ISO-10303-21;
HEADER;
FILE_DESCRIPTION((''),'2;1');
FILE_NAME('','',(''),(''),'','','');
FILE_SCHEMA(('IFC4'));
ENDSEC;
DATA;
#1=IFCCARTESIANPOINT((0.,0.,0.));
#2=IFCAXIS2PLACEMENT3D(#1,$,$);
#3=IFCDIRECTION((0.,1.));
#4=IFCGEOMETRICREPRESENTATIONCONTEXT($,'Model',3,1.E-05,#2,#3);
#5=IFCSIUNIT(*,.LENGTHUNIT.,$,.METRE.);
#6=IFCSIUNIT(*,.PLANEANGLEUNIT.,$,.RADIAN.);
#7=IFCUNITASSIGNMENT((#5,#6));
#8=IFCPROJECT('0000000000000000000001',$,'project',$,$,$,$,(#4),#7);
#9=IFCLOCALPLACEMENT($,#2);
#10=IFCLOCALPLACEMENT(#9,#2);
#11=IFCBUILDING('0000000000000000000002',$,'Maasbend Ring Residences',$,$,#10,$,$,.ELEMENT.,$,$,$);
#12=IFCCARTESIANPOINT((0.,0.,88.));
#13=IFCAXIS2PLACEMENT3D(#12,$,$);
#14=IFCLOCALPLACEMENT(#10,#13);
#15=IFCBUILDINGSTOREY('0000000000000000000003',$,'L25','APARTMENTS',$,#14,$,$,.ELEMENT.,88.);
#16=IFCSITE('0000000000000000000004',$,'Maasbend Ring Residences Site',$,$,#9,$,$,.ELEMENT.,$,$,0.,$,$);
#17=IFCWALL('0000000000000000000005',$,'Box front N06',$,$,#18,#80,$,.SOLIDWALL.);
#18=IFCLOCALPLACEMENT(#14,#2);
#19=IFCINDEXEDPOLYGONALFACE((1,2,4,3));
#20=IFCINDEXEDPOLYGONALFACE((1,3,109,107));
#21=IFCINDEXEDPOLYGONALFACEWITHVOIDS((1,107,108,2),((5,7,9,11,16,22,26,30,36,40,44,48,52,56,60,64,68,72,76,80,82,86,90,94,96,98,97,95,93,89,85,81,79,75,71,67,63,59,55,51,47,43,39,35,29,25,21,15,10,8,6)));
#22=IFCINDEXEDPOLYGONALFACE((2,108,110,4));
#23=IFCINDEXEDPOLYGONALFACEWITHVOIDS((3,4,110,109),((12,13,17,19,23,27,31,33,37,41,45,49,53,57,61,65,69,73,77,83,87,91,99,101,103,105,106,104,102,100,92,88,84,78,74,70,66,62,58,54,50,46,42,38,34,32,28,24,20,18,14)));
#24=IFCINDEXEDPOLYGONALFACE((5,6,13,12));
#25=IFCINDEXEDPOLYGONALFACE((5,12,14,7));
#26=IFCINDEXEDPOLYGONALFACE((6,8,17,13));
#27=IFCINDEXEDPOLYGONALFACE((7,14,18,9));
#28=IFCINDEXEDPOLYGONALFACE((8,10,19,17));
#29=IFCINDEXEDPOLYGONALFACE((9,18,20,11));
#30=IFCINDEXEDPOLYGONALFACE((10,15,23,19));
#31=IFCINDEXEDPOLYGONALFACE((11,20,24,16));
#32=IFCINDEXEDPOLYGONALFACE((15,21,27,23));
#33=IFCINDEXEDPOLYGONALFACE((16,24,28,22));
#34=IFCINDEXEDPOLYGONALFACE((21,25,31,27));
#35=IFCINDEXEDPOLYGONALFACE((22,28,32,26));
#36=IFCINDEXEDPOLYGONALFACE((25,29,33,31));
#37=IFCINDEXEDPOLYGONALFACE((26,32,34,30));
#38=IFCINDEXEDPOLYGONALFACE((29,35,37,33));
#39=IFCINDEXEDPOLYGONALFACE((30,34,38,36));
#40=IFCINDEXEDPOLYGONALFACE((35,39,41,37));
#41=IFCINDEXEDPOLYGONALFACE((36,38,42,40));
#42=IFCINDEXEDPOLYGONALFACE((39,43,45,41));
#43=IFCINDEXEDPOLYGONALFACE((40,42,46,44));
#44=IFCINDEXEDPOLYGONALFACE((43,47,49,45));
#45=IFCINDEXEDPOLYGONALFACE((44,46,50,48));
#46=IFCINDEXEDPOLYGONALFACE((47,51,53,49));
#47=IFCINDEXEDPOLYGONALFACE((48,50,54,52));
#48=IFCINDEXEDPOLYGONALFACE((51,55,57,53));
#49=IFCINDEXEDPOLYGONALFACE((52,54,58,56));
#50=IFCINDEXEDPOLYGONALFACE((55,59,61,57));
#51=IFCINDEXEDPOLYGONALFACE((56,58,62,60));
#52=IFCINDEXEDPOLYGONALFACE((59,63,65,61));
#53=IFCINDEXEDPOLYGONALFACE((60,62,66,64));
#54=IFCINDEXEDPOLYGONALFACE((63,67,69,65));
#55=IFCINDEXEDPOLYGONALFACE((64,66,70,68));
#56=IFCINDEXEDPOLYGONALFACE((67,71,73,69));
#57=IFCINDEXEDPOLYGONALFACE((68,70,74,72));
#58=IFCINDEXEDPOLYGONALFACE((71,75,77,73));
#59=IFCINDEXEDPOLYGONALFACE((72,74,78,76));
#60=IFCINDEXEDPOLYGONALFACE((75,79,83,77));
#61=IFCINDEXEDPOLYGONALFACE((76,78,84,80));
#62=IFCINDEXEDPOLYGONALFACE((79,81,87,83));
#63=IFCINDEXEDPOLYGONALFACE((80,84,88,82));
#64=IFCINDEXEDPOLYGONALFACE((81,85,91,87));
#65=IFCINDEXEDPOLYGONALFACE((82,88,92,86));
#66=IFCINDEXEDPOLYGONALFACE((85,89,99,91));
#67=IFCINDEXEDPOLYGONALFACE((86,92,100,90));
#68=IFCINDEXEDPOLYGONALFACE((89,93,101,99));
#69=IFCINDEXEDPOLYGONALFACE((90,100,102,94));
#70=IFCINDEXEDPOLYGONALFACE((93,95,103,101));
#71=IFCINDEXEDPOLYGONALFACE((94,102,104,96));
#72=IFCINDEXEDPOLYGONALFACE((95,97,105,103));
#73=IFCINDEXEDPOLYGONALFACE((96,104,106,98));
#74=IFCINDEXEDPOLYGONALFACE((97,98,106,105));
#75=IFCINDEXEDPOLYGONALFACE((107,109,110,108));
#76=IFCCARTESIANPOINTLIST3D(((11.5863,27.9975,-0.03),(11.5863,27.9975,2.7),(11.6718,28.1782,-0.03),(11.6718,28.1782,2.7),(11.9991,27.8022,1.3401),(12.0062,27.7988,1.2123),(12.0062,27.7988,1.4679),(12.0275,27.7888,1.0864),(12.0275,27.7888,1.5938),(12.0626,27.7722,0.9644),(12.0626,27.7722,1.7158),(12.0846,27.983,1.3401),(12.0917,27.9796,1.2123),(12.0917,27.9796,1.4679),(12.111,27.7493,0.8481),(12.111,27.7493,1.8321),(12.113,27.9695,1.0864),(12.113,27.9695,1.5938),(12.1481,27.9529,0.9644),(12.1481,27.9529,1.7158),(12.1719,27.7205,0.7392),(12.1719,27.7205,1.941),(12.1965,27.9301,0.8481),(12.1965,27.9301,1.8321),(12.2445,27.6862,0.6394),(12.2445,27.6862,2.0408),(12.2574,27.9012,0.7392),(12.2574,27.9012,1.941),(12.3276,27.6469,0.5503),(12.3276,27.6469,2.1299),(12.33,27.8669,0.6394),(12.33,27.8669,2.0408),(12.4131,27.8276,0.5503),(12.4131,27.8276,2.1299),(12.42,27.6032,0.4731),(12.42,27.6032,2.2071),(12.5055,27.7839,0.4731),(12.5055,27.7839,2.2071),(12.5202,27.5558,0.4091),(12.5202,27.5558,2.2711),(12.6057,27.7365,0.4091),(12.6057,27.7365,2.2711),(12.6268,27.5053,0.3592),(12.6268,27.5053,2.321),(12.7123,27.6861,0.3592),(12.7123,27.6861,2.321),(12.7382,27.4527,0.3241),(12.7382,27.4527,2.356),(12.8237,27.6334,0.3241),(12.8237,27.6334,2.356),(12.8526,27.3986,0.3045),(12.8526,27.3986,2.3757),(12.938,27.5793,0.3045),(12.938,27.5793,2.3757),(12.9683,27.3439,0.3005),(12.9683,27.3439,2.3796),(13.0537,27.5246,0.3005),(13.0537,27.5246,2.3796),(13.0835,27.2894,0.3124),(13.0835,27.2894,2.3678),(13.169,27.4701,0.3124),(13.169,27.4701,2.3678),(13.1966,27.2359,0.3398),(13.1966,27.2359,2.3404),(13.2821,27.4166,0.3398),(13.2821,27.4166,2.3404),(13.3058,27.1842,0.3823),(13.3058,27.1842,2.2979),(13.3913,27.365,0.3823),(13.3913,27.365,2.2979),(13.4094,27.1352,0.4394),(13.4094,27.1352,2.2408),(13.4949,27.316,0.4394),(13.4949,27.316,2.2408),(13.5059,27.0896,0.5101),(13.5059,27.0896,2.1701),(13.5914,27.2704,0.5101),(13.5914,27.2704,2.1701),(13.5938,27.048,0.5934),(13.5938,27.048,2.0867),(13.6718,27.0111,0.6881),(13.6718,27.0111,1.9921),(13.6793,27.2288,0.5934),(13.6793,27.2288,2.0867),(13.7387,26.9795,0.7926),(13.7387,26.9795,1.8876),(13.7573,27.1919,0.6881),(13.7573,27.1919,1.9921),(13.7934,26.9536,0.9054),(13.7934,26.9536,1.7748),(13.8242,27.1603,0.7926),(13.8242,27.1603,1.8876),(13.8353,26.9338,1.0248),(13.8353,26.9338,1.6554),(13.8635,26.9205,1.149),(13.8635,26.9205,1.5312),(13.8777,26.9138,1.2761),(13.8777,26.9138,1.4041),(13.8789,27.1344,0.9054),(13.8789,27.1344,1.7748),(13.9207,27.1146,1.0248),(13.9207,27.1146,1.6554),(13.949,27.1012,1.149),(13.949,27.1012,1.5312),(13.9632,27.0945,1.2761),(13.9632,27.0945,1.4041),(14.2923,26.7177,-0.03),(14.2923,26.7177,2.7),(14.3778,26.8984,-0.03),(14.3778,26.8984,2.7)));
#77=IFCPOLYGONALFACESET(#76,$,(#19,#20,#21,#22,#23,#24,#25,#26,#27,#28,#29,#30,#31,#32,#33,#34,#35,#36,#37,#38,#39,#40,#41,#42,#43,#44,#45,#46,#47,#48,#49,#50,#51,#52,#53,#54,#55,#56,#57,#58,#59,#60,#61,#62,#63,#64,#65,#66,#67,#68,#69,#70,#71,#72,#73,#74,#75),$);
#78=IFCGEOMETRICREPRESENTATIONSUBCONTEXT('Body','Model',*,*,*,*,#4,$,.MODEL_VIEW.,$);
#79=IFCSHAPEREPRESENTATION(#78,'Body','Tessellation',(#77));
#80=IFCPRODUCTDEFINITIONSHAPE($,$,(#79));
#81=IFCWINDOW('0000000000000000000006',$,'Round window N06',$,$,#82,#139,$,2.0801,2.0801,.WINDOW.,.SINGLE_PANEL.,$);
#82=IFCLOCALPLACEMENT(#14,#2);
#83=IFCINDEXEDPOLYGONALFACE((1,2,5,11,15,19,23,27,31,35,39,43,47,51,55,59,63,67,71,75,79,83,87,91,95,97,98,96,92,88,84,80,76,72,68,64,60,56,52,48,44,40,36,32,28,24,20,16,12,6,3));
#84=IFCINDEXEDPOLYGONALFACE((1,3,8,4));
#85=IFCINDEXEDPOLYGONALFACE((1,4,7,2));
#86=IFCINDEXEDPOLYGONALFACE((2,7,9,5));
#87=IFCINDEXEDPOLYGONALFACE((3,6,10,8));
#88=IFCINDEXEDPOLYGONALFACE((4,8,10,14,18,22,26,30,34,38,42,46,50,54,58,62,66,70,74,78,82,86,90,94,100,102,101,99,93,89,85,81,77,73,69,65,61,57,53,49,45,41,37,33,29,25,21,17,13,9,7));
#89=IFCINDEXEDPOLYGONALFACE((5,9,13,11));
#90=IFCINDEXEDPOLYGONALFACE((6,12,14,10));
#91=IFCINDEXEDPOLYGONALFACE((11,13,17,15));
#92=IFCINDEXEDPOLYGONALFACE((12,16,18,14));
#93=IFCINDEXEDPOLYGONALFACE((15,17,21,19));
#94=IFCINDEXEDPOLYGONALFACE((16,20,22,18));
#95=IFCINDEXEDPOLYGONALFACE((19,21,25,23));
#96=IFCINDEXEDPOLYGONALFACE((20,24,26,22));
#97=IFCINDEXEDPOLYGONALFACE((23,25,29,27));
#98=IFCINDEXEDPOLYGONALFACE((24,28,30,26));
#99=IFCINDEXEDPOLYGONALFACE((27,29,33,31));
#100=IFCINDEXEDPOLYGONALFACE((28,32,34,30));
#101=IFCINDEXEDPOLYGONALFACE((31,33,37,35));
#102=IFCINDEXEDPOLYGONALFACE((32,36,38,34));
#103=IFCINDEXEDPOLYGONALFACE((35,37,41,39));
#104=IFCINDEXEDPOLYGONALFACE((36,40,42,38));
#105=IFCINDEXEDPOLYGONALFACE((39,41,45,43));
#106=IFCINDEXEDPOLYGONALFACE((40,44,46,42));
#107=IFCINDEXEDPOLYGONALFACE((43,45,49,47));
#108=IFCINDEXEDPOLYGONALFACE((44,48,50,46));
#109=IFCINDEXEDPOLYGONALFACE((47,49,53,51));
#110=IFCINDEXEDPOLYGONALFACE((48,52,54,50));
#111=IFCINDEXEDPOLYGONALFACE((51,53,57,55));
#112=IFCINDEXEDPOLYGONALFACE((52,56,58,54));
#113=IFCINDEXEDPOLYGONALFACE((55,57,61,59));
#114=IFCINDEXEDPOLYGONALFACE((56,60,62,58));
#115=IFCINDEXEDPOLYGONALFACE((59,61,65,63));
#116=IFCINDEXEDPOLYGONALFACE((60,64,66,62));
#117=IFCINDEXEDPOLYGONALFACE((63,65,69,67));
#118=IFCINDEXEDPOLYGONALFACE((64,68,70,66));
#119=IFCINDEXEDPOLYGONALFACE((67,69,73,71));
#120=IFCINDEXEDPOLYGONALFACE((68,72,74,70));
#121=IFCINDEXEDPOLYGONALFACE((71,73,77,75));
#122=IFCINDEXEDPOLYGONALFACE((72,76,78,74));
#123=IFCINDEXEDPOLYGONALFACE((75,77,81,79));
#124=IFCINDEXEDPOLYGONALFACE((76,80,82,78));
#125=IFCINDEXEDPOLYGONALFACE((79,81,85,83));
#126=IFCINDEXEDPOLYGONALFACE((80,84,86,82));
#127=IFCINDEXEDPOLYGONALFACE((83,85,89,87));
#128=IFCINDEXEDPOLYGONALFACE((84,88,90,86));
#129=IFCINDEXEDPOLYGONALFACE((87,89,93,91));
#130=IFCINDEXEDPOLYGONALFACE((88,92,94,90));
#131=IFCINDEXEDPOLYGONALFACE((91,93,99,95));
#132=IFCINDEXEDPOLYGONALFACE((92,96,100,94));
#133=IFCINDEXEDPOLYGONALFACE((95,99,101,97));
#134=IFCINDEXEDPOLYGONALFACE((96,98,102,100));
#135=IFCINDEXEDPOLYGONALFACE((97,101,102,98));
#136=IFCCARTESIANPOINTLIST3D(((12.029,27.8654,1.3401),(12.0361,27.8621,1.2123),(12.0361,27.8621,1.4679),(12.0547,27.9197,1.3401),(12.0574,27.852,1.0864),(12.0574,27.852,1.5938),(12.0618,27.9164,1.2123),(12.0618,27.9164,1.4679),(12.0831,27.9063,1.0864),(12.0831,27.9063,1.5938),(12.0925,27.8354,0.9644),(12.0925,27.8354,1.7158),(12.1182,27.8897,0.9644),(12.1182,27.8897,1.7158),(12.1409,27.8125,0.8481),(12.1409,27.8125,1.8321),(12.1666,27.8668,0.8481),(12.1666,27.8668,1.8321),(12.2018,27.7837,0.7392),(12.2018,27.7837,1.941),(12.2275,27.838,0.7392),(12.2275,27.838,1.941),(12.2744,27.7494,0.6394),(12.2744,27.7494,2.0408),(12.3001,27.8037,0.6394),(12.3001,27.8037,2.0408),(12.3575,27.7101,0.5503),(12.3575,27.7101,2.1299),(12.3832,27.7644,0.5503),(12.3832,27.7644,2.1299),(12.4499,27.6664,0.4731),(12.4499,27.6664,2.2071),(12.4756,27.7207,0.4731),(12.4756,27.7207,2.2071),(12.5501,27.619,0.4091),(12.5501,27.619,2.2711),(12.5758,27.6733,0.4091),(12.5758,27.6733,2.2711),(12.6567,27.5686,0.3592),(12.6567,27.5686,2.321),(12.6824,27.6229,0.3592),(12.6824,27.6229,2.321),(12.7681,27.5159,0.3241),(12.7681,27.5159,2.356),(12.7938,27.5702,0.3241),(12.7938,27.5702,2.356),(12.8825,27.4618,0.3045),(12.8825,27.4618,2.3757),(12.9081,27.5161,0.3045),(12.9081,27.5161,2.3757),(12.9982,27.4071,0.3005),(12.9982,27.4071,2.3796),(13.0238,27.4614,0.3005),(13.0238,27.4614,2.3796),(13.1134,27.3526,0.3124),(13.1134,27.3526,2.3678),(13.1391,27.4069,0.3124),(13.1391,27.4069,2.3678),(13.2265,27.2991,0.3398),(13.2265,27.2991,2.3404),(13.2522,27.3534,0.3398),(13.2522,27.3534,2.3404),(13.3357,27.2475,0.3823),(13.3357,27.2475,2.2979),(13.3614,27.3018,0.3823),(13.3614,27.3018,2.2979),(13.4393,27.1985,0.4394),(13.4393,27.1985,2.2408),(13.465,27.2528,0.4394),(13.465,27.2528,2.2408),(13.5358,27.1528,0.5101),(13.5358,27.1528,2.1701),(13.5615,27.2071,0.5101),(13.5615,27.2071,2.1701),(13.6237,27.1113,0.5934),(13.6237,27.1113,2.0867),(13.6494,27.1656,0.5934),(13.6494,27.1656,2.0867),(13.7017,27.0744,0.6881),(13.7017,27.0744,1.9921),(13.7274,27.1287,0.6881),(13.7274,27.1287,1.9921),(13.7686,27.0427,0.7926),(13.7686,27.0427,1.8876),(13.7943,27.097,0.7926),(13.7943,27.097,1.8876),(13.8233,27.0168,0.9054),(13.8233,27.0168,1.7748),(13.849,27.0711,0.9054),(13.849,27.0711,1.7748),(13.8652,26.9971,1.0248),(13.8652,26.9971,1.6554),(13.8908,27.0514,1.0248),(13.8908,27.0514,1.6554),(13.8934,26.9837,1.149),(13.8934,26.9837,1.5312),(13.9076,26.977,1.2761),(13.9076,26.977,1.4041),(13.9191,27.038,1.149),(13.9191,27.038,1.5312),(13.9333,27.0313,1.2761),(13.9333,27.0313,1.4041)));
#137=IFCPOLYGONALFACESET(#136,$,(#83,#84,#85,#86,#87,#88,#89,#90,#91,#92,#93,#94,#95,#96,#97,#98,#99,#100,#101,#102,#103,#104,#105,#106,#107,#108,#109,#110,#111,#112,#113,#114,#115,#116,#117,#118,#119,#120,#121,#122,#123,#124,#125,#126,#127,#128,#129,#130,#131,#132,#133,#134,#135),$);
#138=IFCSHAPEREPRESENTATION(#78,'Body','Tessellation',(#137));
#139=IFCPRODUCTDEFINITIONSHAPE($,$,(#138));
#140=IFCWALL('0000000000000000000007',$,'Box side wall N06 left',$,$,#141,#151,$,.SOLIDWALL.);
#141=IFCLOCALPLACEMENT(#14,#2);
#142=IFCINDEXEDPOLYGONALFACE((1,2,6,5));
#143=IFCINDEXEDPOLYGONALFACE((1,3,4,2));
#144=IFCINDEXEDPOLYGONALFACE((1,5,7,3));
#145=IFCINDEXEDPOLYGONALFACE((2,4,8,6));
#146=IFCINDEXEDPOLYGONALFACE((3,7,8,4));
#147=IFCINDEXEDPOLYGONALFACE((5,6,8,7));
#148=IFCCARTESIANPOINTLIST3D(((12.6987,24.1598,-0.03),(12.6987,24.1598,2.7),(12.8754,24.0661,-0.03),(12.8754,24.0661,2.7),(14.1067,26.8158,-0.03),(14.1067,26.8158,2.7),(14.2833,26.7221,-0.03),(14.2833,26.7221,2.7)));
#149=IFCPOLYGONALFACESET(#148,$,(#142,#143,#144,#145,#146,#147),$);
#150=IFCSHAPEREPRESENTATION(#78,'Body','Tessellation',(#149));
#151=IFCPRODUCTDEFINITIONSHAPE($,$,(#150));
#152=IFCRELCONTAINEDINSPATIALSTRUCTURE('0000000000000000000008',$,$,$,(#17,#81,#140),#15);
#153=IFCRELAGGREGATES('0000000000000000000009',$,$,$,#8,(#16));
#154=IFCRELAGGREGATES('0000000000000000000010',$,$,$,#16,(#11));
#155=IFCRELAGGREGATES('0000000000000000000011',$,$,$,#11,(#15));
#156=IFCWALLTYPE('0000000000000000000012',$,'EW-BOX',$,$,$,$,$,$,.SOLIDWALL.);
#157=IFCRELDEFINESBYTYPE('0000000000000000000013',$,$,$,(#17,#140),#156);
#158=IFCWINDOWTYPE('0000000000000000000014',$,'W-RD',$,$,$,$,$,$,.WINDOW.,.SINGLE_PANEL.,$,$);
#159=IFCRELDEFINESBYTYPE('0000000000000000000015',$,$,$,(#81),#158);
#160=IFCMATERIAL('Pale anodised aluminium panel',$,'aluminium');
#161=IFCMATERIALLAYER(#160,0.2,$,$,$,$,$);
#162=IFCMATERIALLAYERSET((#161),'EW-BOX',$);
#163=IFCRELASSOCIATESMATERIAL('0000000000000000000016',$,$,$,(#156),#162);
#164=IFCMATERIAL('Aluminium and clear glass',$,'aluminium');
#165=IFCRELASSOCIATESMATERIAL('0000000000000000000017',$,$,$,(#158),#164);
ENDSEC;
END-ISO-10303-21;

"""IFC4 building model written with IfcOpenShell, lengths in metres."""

from ifc_helpers import new_model, si_unit, direction, frame, frame_2d, origin, place, context, subcontext, project, spatial, rectangle, circle, extrude, material, layer, layer_set, type_object, element, fill, save


model = new_model("IFC4")

# Units and contexts
model_context = context("Model", 3, precision=1e-05, world=origin(), true_north=direction((0.0, 1.0)))
body_context = subcontext(model_context, "Body", "Model", "MODEL_VIEW")
ifc_project = project(units=[si_unit("LENGTHUNIT", "METRE"), si_unit("PLANEANGLEUNIT", "RADIAN")], contexts=[model_context])

# Site, building, storey
site_placement = place(None, origin())
site = spatial("IfcSite", under=ifc_project, at=site_placement, Name="Maasbend Ring Residences Site", CompositionType="ELEMENT", RefElevation=0.0)
building_placement = place(site_placement, origin())
building = spatial("IfcBuilding", under=site, at=building_placement, Name="Maasbend Ring Residences", CompositionType="ELEMENT")
storey_placement = place(building_placement, frame((0.0, 0.0, 88.0)))
storey = spatial("IfcBuildingStorey", under=building, at=storey_placement, Name="L25", Description="APARTMENTS", CompositionType="ELEMENT", Elevation=88.0)

# Shared definitions
ifc_material_1 = material(Name="Pale anodised aluminium panel", Category="aluminium")
ifc_layer_1 = layer(ifc_material_1, 0.2)
ifc_layer_set_1 = layer_set([ifc_layer_1], Name="EW-BOX")
wall_type_1 = type_object("IfcWallType", Name="EW-BOX", PredefinedType="SOLIDWALL", material=ifc_layer_set_1)
ifc_material_2 = material(Name="Aluminium and clear glass", Category="aluminium")
window_type_1 = type_object("IfcWindowType", Name="W-RD", PartitioningType="SINGLE_PANEL", PredefinedType="WINDOW", material=ifc_material_2)

# Wall, opening, window
wall_1_placement = place(storey_placement, frame((14.335, 26.8081, -0.03), z_axis=(0.0, 0.0, 1.0), x_axis=(-0.904, 0.427532, 0.0)))
wall_1 = element("IfcWall", 1, at=wall_1_placement, inside=storey, type_object=wall_type_1, Name="Box front N06", PredefinedType="SOLIDWALL", context=body_context, shape_type="SweptSolid", body=[
    extrude(rectangle(XDim=2.9934, YDim=0.2, at=frame_2d((1.4966, 0.0))), origin(), (0.0, 0.0, 1.0), 2.73),
])
opening_1_placement = place(wall_1_placement, frame((0.4565, 0.0, 0.3301)))
opening_1 = element("IfcOpeningElement", 2, at=opening_1_placement, cuts=wall_1, PredefinedType="OPENING", context=body_context, shape_type="SweptSolid", body=[
    extrude(circle(Radius=1.04, at=frame_2d((1.04, 1.04))), frame((0.0, 0.1099, 0.0), z_axis=(0.0, -1.0, 0.0), x_axis=(1.0, 0.0, 0.0)), (0.0, 0.0, 1.0), 0.22),
])
window_1_placement = place(opening_1_placement, origin())
window_1 = element("IfcWindow", 3, at=window_1_placement, inside=storey, type_object=window_type_1, Name="Round window N06", OverallHeight=2.0801, OverallWidth=2.0801, PartitioningType="SINGLE_PANEL", PredefinedType="WINDOW", context=body_context, shape_type="SweptSolid", body=[
    extrude(circle(Radius=1.04, at=frame_2d((1.04, 1.04))), frame((0.0, 0.03, 0.0), z_axis=(0.0, -1.0, 0.0), x_axis=(1.0, 0.0, 0.0)), (0.0, 0.0, 1.0), 0.0601),
])
fill(opening_1, window_1)

# Wall
wall_2_placement = place(storey_placement, frame((12.7871, 24.113, -0.03), z_axis=(0.0, 0.0, 1.0), x_axis=(0.468365, 0.883535, 0.0)))
element("IfcWall", 4, at=wall_2_placement, inside=storey, type_object=wall_type_1, Name="Box side wall N06 left", PredefinedType="SOLIDWALL", context=body_context, shape_type="SweptSolid", body=[
    extrude(rectangle(XDim=3.0061, YDim=0.2, at=frame_2d((1.5029, 0.0))), origin(), (0.0, 0.0, 1.0), 2.73),
])

save(model, "model.ifc")
